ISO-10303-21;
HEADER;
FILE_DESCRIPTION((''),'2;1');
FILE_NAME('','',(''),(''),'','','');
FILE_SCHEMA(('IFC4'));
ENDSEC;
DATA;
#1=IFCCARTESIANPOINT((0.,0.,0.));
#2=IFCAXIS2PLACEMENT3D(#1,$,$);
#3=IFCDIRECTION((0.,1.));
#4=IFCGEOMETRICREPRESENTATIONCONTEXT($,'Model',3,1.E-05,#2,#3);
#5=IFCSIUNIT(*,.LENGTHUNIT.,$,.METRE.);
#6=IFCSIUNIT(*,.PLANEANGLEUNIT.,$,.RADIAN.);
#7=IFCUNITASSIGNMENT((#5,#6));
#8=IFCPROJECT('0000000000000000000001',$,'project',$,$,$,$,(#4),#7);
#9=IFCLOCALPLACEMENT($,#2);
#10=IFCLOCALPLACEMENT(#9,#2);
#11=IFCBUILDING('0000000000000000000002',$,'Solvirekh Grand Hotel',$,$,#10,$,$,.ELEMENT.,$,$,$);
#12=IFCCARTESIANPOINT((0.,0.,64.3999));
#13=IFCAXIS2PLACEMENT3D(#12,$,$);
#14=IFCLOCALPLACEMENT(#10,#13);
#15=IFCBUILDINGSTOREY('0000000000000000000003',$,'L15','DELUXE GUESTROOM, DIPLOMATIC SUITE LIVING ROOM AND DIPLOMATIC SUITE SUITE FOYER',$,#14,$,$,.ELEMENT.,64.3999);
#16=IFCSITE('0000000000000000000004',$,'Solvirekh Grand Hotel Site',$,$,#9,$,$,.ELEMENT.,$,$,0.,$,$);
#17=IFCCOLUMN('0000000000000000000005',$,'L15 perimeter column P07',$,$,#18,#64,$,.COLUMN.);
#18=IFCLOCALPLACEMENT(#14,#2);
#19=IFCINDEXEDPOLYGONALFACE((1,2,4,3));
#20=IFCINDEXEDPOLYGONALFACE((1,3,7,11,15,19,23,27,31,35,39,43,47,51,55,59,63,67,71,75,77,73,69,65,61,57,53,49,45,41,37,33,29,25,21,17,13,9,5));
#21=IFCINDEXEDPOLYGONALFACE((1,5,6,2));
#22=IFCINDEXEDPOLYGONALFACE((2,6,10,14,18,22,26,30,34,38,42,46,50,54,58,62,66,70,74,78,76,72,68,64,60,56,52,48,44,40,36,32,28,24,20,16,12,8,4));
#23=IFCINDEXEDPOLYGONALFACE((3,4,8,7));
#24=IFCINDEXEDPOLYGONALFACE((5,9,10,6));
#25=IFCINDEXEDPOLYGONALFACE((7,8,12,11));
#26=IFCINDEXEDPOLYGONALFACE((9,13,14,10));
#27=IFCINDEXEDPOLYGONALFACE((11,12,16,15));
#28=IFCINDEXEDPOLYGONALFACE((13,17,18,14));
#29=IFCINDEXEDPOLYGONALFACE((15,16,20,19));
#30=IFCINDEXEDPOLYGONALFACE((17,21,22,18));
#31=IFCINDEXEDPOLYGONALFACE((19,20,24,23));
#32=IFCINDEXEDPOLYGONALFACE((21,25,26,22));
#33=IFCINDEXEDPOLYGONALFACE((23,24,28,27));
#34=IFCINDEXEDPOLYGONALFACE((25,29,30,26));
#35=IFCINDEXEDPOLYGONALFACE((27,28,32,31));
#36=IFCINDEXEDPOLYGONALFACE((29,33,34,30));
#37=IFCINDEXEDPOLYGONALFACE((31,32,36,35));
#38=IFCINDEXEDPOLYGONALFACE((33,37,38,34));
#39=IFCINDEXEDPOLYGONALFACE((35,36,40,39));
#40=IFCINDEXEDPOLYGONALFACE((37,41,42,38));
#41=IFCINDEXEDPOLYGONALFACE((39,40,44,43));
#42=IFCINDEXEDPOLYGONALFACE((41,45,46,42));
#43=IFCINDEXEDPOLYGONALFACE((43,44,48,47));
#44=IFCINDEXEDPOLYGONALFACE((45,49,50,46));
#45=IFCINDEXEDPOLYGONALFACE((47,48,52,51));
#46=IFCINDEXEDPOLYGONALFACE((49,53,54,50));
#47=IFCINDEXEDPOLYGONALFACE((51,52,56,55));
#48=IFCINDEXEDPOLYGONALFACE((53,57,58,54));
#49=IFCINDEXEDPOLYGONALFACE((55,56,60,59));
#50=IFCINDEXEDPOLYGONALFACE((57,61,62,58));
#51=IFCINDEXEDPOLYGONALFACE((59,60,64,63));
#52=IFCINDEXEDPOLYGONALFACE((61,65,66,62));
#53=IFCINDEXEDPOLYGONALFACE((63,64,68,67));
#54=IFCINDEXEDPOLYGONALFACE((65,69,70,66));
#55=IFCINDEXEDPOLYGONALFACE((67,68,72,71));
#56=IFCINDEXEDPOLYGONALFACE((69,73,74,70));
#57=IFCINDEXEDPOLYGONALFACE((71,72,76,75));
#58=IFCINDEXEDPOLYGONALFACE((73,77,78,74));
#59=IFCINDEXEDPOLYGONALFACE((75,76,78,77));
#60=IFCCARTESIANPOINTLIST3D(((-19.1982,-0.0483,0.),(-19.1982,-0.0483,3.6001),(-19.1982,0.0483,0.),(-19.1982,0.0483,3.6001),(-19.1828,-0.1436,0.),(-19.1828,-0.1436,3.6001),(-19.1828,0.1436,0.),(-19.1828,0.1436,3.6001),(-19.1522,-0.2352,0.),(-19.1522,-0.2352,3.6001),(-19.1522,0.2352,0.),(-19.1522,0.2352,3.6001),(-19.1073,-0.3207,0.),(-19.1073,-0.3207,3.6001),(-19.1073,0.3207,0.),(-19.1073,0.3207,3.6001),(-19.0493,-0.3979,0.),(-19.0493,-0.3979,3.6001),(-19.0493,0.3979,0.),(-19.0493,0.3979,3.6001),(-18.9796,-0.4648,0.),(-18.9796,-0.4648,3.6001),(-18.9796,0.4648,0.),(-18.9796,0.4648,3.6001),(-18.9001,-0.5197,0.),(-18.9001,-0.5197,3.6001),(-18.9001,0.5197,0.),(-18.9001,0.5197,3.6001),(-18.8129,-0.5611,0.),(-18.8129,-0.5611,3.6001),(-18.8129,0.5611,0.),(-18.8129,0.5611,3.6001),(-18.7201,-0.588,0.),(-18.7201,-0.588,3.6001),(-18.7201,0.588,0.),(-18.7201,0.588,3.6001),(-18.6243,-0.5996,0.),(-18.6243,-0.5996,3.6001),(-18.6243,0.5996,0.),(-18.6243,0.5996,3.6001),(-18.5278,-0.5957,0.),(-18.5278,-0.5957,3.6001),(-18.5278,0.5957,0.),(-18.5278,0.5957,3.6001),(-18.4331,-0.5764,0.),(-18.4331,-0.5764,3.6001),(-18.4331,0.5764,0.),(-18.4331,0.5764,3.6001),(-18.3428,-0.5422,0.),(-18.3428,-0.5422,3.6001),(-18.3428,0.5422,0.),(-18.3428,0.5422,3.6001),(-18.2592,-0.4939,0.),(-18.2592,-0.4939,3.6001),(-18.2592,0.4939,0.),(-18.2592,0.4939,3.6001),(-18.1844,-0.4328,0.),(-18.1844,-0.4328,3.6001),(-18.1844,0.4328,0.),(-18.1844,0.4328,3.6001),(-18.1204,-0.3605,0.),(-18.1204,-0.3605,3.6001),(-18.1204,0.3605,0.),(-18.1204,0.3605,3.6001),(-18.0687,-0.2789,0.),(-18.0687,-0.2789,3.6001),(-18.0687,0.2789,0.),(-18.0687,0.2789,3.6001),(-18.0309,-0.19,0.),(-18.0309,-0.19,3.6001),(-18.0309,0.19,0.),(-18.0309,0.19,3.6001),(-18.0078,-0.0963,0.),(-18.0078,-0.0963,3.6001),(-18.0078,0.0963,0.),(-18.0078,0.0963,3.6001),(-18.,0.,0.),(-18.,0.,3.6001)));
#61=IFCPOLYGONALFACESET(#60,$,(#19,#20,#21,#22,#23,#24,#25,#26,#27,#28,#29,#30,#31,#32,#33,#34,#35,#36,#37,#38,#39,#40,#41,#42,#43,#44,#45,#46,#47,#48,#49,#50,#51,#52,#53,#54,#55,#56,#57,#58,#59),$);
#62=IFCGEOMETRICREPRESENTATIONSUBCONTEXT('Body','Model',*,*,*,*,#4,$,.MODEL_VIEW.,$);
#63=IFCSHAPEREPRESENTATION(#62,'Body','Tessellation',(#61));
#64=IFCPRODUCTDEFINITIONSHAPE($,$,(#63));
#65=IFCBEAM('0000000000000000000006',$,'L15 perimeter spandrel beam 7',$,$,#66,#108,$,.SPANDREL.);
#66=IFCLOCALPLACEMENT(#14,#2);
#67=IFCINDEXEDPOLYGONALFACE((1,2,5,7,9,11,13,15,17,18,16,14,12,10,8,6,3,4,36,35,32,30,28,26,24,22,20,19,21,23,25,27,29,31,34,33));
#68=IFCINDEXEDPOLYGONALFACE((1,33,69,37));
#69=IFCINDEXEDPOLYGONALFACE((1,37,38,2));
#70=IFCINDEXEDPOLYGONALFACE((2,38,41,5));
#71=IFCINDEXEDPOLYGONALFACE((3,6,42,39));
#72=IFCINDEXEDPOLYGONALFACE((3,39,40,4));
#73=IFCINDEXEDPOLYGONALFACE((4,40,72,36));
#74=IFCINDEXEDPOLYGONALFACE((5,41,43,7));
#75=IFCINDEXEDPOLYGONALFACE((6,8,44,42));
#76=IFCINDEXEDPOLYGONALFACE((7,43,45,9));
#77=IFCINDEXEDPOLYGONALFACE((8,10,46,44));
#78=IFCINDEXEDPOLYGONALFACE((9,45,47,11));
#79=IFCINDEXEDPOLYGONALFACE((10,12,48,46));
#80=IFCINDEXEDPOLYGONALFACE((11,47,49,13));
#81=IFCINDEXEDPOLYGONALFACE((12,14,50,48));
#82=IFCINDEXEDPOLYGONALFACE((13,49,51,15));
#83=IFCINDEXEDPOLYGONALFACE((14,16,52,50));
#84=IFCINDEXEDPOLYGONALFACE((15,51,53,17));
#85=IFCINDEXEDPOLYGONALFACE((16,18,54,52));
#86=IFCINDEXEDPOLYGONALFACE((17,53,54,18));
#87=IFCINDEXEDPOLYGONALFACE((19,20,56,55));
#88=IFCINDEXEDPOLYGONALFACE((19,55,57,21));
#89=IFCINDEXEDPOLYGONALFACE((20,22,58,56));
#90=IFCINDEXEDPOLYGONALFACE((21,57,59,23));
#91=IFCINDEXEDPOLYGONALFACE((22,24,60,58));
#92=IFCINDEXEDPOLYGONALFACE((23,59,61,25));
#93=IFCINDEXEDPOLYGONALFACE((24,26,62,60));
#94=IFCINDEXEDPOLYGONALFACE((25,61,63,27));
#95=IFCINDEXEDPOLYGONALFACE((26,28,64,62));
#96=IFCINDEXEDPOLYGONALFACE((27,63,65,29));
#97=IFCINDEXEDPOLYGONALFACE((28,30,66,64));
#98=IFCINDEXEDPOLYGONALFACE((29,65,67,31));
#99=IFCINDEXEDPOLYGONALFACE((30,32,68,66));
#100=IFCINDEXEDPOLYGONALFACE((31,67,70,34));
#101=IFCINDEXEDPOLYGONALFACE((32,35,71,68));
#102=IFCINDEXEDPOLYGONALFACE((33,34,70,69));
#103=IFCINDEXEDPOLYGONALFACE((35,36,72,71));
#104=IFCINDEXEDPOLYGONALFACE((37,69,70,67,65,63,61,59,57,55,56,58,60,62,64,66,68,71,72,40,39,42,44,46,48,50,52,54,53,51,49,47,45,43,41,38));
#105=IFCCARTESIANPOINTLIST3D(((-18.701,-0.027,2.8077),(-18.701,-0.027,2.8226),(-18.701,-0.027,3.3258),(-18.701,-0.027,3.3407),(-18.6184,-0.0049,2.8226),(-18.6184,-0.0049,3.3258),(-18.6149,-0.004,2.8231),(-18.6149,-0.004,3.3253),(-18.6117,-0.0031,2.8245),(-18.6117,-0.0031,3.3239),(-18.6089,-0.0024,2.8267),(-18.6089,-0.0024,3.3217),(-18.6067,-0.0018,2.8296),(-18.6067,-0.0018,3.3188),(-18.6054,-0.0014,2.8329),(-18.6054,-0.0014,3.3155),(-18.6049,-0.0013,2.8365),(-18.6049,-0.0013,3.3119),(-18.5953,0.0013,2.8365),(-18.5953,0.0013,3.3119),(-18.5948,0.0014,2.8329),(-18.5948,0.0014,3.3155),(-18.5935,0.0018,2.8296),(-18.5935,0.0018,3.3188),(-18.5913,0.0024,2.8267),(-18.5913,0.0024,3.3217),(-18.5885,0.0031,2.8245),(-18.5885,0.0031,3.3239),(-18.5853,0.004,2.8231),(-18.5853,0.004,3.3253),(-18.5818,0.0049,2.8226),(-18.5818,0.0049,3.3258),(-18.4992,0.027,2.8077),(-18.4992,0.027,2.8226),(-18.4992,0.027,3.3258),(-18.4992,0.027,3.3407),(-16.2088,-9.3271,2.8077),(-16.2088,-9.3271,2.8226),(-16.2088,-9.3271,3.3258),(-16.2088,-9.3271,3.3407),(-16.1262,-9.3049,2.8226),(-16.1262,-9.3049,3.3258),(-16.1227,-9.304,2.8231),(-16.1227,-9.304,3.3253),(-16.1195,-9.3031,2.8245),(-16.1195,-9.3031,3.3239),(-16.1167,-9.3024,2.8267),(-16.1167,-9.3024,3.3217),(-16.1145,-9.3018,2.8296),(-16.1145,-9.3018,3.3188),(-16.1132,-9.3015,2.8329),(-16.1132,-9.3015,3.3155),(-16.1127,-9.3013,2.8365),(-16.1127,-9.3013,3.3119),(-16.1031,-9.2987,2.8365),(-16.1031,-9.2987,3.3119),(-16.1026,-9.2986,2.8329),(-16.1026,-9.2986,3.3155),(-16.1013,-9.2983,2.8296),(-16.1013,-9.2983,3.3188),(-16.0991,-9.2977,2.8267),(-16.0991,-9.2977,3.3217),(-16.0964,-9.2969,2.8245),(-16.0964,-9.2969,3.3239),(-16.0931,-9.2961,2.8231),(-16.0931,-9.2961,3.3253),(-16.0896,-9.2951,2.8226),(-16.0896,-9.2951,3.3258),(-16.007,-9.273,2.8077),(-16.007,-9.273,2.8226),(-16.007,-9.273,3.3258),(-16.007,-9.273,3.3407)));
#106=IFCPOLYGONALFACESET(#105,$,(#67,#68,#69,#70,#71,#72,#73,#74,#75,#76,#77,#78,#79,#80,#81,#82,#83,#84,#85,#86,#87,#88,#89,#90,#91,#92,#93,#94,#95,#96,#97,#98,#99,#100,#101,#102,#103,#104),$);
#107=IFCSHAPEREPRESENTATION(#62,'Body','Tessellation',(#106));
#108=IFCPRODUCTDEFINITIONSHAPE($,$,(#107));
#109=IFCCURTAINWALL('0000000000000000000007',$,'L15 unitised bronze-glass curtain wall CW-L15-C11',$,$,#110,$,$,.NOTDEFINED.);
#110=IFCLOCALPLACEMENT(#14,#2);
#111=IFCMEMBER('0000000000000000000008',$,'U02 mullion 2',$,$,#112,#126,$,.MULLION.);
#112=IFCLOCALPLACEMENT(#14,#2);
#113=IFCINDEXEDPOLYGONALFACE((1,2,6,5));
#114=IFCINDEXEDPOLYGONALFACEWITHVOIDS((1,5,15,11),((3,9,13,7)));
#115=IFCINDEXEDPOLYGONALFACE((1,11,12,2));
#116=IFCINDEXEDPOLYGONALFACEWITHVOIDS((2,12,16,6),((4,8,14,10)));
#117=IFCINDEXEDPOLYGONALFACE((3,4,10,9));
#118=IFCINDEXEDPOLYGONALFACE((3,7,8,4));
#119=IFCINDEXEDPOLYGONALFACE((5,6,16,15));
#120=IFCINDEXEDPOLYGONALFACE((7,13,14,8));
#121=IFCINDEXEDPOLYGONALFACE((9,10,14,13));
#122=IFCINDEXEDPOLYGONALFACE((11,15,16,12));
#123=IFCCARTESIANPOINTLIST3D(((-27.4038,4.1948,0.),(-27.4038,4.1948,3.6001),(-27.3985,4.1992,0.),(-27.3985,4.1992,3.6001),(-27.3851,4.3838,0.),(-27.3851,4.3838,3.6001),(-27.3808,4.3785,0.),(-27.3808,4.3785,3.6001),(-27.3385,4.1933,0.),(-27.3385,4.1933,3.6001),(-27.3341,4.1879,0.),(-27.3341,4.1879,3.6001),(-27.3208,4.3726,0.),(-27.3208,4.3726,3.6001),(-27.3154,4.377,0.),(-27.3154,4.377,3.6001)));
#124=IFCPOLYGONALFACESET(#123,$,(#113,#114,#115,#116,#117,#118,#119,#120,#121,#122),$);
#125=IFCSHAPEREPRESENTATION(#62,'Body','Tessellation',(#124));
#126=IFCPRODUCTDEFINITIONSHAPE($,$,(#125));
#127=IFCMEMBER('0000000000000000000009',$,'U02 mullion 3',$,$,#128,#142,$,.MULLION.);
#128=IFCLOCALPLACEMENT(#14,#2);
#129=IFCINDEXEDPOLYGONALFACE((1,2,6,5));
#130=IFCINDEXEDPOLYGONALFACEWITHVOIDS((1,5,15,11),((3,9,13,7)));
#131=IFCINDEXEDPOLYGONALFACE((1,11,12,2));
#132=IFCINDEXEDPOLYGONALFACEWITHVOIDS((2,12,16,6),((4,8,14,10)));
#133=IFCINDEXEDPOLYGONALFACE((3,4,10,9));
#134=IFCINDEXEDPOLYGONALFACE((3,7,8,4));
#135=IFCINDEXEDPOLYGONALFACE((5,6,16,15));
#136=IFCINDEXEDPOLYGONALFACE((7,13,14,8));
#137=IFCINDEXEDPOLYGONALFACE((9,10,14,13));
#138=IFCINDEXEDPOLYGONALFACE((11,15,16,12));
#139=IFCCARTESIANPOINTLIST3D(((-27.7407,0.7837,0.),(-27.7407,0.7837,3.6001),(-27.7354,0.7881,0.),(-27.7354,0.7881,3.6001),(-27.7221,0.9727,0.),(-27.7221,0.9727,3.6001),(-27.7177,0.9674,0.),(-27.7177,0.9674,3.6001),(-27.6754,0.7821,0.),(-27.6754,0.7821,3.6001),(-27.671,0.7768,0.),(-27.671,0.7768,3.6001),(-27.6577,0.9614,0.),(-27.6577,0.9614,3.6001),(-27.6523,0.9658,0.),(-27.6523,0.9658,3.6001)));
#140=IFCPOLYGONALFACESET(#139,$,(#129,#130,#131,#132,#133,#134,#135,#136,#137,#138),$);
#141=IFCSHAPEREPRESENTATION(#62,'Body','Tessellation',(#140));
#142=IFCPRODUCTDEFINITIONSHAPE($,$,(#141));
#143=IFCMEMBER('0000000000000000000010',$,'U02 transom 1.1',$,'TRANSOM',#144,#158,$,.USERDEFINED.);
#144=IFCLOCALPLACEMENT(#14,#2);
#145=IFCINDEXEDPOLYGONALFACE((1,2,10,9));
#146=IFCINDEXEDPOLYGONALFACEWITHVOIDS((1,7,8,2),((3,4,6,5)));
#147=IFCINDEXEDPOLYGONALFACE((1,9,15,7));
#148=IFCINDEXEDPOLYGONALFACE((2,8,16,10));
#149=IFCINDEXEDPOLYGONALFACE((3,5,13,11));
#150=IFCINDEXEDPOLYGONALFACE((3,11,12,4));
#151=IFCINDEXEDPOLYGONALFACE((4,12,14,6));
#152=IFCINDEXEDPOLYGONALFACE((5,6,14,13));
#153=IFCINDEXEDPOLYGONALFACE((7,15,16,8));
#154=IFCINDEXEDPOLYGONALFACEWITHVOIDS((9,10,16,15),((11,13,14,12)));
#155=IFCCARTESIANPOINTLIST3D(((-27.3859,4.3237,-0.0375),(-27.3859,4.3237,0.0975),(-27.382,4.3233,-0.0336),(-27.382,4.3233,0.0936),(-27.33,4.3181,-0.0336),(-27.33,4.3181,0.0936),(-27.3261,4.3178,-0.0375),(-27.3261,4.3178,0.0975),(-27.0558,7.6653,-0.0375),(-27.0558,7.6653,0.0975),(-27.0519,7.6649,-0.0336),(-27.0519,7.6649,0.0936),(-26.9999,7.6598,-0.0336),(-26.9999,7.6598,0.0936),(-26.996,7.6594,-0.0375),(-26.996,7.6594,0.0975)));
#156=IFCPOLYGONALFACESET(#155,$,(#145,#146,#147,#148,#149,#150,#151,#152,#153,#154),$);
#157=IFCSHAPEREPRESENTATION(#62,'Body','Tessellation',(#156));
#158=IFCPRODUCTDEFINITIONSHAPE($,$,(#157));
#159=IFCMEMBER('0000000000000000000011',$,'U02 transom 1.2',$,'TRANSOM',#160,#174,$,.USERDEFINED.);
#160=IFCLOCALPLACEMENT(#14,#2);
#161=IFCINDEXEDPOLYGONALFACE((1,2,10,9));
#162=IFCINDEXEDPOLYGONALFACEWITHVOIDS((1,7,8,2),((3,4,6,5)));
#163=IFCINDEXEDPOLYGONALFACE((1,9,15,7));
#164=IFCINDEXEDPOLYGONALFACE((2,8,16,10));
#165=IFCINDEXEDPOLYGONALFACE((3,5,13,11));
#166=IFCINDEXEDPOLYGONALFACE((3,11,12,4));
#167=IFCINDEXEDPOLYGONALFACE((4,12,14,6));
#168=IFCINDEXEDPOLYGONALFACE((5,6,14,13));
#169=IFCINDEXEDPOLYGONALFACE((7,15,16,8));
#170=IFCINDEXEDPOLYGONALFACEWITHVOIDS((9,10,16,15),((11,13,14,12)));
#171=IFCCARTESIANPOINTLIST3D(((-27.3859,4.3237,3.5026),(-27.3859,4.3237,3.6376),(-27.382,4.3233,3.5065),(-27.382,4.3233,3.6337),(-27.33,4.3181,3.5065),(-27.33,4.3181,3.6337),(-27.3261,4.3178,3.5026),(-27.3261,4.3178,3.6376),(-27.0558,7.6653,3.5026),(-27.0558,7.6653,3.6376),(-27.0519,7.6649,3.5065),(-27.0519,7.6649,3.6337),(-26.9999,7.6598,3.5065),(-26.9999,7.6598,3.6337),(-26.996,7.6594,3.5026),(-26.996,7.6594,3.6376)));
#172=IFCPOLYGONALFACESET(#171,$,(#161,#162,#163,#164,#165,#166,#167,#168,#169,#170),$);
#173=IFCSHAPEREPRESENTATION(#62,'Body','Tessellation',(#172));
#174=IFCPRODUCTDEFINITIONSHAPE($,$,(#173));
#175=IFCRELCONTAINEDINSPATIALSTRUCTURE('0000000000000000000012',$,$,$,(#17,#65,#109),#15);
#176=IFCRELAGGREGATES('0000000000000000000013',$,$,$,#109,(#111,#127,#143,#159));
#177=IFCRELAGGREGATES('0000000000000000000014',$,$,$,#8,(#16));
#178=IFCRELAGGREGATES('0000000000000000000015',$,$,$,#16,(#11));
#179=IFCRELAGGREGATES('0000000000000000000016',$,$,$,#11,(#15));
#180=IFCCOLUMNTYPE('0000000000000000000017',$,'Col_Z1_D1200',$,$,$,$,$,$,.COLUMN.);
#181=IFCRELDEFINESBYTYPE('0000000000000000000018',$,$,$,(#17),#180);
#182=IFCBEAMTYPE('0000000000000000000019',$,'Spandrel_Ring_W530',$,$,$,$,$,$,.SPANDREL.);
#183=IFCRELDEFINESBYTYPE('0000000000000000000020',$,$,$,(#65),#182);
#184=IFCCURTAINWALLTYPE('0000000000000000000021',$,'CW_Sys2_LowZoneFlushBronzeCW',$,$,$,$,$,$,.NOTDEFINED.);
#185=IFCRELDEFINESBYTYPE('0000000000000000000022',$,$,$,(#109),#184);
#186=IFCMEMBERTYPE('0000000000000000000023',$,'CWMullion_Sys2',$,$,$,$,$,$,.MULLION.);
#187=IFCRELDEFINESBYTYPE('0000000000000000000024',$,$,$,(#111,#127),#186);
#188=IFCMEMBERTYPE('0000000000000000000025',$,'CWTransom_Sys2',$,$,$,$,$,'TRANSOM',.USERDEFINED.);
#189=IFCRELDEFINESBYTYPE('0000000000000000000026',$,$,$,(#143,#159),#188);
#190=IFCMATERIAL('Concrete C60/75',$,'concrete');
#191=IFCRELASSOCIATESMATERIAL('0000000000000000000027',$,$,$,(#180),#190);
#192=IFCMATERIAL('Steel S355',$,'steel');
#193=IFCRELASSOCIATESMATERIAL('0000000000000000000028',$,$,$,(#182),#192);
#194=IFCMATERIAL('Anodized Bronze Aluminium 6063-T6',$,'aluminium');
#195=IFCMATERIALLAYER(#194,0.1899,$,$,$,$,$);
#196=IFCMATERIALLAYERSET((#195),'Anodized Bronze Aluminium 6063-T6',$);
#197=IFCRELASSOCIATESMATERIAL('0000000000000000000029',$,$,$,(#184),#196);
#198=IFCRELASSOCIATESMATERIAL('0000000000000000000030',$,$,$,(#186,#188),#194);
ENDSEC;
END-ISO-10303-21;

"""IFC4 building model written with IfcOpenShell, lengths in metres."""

from ifc_helpers import new_model, si_unit, direction, frame, origin, origin_2d, place, context, subcontext, project, spatial, hollow_rectangle, circle, i_section, extrude, source, transform, mapped, material, layer, layer_set, material_profile, profile_set, type_object, element, aggregate, save


model = new_model("IFC4")

# Units and contexts
model_context = context("Model", 3, precision=1e-05, world=origin(), true_north=direction((0.0, 1.0)))
body_context = subcontext(model_context, "Body", "Model", "MODEL_VIEW")
ifc_project = project(units=[si_unit("LENGTHUNIT", "METRE"), si_unit("PLANEANGLEUNIT", "RADIAN")], contexts=[model_context])

# Site, building, storey
site_placement = place(None, origin())
site = spatial("IfcSite", under=ifc_project, at=site_placement, Name="Solvirekh Grand Hotel Site", CompositionType="ELEMENT", RefElevation=0.0)
building_placement = place(site_placement, origin())
building = spatial("IfcBuilding", under=site, at=building_placement, Name="Solvirekh Grand Hotel", CompositionType="ELEMENT")
storey_placement = place(building_placement, frame((0.0, 0.0, 64.3999)))
storey = spatial("IfcBuildingStorey", under=building, at=storey_placement, Name="L15", Description="DELUXE GUESTROOM, DIPLOMATIC SUITE LIVING ROOM AND DIPLOMATIC SUITE SUITE FOYER", CompositionType="ELEMENT", Elevation=64.3999)

# Column
ifc_material_1 = material(Name="Concrete C60/75", Category="concrete")
ifc_material_profile_1 = material_profile(ifc_material_1, circle(Radius=0.6001, at=origin_2d()), Name="RC CIRC D1200")
ifc_profile_set_1 = profile_set([ifc_material_profile_1], Name="Concrete C60/75")
column_type = type_object("IfcColumnType", Name="Col_Z1_D1200", PredefinedType="COLUMN", material=ifc_profile_set_1)
column_placement = place(storey_placement, frame((-18.6001, 0.0, 0.0), z_axis=(0.0, 0.0, 1.0), x_axis=(1.0, 0.0, 0.0)))
element("IfcColumn", 1, at=column_placement, inside=storey, type_object=column_type, Name="L15 perimeter column P07", PredefinedType="COLUMN", context=body_context, shape_type="SweptSolid", body=[
    extrude(circle(Radius=0.6001, at=origin_2d()), origin(), (0.0, 0.0, 1.0), 3.6001),
])

# Beam
ifc_material_2 = material(Name="Steel S355", Category="steel")
ifc_material_profile_2 = material_profile(ifc_material_2, i_section(OverallWidth=0.209, OverallDepth=0.533, WebThickness=0.01, FlangeThickness=0.0149, FilletRadius=0.0139, at=origin_2d()), Name="W530X92")
ifc_profile_set_2 = profile_set([ifc_material_profile_2], Name="Steel S355")
beam_type = type_object("IfcBeamType", Name="Spandrel_Ring_W530", PredefinedType="SPANDREL", material=ifc_profile_set_2)
beam_placement = place(storey_placement, frame((-18.6001, 0.0, 3.0742), z_axis=(0.258843, -0.965919, 0.0), x_axis=(0.965919, 0.258843, 0.0)))
element("IfcBeam", 2, at=beam_placement, inside=storey, type_object=beam_type, Name="L15 perimeter spandrel beam 7", PredefinedType="SPANDREL", context=body_context, shape_type="SweptSolid", body=[
    extrude(i_section(OverallWidth=0.209, OverallDepth=0.533, WebThickness=0.01, FlangeThickness=0.0149, FilletRadius=0.0139, at=origin_2d()), origin(), (0.0, 0.0, 1.0), 9.6282),
])

# Curtain wall, members
ifc_material_3 = material(Name="Anodized Bronze Aluminium 6063-T6", Category="aluminium")
ifc_layer_1 = layer(ifc_material_3, 0.1899)
ifc_layer_set_1 = layer_set([ifc_layer_1], Name="Anodized Bronze Aluminium 6063-T6")
curtain_wall_type = type_object("IfcCurtainWallType", Name="CW_Sys2_LowZoneFlushBronzeCW", PredefinedType="NOTDEFINED", material=ifc_layer_set_1)
curtain_wall_placement = place(storey_placement, origin())
curtain_wall = element("IfcCurtainWall", 3, at=curtain_wall_placement, inside=storey, type_object=curtain_wall_type, Name="L15 unitised bronze-glass curtain wall CW-L15-C11", PredefinedType="NOTDEFINED")
ifc_material_profile_3 = material_profile(ifc_material_3, hollow_rectangle(XDim=0.0701, YDim=0.1899, WallThickness=0.0049, at=origin_2d()), Name="ALU RHS 190X70X5")
ifc_profile_set_3 = profile_set([ifc_material_profile_3], Name="Anodized Bronze Aluminium 6063-T6")
member_type_1 = type_object("IfcMemberType", Name="CWMullion_Sys2", PredefinedType="MULLION", material=ifc_profile_set_3)
shared_shape_1 = source(origin(), body_context, "Body", "SweptSolid", [
    extrude(hollow_rectangle(XDim=0.0701, YDim=0.1899, WallThickness=0.0049, at=origin_2d()), origin(), (0.0, 0.0, 1.0), 3.6001),
])
member_1_placement = place(storey_placement, frame((-27.3596, 4.2859, 0.0), z_axis=(0.0, 0.0, 1.0), x_axis=(0.995154, -0.098331, 0.0)))
member_1 = element("IfcMember", 4, at=member_1_placement, type_object=member_type_1, Name="U02 mullion 2", PredefinedType="MULLION", context=body_context, shape_type="MappedRepresentation", body=[
    mapped(shared_shape_1, transform((0.0, 0.0, 0.0), x_axis=(1.0, 0.0, 0.0), y_axis=(0.0, 1.0, 0.0), z_axis=(0.0, 0.0, 1.0), scale=1.0)),
])
member_2_placement = place(storey_placement, frame((-27.6965, 0.8748, 0.0), z_axis=(0.0, 0.0, 1.0), x_axis=(0.995154, -0.098331, 0.0)))
member_2 = element("IfcMember", 5, at=member_2_placement, type_object=member_type_1, Name="U02 mullion 3", PredefinedType="MULLION", context=body_context, shape_type="MappedRepresentation", body=[
    mapped(shared_shape_1, transform((0.0, 0.0, 0.0), x_axis=(1.0, 0.0, 0.0), y_axis=(0.0, 1.0, 0.0), z_axis=(0.0, 0.0, 1.0), scale=1.0)),
])
ifc_material_profile_4 = material_profile(ifc_material_3, hollow_rectangle(XDim=0.0601, YDim=0.135, WallThickness=0.0039, at=origin_2d()), Name="ALU RHS 135X60X4")
ifc_profile_set_4 = profile_set([ifc_material_profile_4], Name="Anodized Bronze Aluminium 6063-T6")
member_type_2 = type_object("IfcMemberType", Name="CWTransom_Sys2", ElementType="TRANSOM", PredefinedType="USERDEFINED", material=ifc_profile_set_4)
shared_shape_2 = source(origin(), body_context, "Body", "SweptSolid", [
    extrude(hollow_rectangle(XDim=0.0601, YDim=0.135, WallThickness=0.0039, at=origin_2d()), origin(), (0.0, 0.0, 1.0), 3.3579),
])
member_3_placement = place(storey_placement, frame((-27.0259, 7.6624, 0.03), z_axis=(-0.098301, -0.995157, 0.0), x_axis=(0.995157, -0.098301, 0.0)))
member_3 = element("IfcMember", 6, at=member_3_placement, type_object=member_type_2, Name="U02 transom 1.1", ObjectType="TRANSOM", PredefinedType="USERDEFINED", context=body_context, shape_type="MappedRepresentation", body=[
    mapped(shared_shape_2, transform((0.0, 0.0, 0.0), x_axis=(1.0, 0.0, 0.0), y_axis=(0.0, 1.0, 0.0), z_axis=(0.0, 0.0, 1.0), scale=1.0)),
])
member_4_placement = place(storey_placement, frame((-27.0259, 7.6624, 3.5701), z_axis=(-0.098301, -0.995157, 0.0), x_axis=(0.995157, -0.098301, 0.0)))
member_4 = element("IfcMember", 7, at=member_4_placement, type_object=member_type_2, Name="U02 transom 1.2", ObjectType="TRANSOM", PredefinedType="USERDEFINED", context=body_context, shape_type="MappedRepresentation", body=[
    mapped(shared_shape_2, transform((0.0, 0.0, 0.0), x_axis=(1.0, 0.0, 0.0), y_axis=(0.0, 1.0, 0.0), z_axis=(0.0, 0.0, 1.0), scale=1.0)),
])
aggregate(curtain_wall, [member_1, member_2, member_3, member_4])

save(model, "model.ifc")
